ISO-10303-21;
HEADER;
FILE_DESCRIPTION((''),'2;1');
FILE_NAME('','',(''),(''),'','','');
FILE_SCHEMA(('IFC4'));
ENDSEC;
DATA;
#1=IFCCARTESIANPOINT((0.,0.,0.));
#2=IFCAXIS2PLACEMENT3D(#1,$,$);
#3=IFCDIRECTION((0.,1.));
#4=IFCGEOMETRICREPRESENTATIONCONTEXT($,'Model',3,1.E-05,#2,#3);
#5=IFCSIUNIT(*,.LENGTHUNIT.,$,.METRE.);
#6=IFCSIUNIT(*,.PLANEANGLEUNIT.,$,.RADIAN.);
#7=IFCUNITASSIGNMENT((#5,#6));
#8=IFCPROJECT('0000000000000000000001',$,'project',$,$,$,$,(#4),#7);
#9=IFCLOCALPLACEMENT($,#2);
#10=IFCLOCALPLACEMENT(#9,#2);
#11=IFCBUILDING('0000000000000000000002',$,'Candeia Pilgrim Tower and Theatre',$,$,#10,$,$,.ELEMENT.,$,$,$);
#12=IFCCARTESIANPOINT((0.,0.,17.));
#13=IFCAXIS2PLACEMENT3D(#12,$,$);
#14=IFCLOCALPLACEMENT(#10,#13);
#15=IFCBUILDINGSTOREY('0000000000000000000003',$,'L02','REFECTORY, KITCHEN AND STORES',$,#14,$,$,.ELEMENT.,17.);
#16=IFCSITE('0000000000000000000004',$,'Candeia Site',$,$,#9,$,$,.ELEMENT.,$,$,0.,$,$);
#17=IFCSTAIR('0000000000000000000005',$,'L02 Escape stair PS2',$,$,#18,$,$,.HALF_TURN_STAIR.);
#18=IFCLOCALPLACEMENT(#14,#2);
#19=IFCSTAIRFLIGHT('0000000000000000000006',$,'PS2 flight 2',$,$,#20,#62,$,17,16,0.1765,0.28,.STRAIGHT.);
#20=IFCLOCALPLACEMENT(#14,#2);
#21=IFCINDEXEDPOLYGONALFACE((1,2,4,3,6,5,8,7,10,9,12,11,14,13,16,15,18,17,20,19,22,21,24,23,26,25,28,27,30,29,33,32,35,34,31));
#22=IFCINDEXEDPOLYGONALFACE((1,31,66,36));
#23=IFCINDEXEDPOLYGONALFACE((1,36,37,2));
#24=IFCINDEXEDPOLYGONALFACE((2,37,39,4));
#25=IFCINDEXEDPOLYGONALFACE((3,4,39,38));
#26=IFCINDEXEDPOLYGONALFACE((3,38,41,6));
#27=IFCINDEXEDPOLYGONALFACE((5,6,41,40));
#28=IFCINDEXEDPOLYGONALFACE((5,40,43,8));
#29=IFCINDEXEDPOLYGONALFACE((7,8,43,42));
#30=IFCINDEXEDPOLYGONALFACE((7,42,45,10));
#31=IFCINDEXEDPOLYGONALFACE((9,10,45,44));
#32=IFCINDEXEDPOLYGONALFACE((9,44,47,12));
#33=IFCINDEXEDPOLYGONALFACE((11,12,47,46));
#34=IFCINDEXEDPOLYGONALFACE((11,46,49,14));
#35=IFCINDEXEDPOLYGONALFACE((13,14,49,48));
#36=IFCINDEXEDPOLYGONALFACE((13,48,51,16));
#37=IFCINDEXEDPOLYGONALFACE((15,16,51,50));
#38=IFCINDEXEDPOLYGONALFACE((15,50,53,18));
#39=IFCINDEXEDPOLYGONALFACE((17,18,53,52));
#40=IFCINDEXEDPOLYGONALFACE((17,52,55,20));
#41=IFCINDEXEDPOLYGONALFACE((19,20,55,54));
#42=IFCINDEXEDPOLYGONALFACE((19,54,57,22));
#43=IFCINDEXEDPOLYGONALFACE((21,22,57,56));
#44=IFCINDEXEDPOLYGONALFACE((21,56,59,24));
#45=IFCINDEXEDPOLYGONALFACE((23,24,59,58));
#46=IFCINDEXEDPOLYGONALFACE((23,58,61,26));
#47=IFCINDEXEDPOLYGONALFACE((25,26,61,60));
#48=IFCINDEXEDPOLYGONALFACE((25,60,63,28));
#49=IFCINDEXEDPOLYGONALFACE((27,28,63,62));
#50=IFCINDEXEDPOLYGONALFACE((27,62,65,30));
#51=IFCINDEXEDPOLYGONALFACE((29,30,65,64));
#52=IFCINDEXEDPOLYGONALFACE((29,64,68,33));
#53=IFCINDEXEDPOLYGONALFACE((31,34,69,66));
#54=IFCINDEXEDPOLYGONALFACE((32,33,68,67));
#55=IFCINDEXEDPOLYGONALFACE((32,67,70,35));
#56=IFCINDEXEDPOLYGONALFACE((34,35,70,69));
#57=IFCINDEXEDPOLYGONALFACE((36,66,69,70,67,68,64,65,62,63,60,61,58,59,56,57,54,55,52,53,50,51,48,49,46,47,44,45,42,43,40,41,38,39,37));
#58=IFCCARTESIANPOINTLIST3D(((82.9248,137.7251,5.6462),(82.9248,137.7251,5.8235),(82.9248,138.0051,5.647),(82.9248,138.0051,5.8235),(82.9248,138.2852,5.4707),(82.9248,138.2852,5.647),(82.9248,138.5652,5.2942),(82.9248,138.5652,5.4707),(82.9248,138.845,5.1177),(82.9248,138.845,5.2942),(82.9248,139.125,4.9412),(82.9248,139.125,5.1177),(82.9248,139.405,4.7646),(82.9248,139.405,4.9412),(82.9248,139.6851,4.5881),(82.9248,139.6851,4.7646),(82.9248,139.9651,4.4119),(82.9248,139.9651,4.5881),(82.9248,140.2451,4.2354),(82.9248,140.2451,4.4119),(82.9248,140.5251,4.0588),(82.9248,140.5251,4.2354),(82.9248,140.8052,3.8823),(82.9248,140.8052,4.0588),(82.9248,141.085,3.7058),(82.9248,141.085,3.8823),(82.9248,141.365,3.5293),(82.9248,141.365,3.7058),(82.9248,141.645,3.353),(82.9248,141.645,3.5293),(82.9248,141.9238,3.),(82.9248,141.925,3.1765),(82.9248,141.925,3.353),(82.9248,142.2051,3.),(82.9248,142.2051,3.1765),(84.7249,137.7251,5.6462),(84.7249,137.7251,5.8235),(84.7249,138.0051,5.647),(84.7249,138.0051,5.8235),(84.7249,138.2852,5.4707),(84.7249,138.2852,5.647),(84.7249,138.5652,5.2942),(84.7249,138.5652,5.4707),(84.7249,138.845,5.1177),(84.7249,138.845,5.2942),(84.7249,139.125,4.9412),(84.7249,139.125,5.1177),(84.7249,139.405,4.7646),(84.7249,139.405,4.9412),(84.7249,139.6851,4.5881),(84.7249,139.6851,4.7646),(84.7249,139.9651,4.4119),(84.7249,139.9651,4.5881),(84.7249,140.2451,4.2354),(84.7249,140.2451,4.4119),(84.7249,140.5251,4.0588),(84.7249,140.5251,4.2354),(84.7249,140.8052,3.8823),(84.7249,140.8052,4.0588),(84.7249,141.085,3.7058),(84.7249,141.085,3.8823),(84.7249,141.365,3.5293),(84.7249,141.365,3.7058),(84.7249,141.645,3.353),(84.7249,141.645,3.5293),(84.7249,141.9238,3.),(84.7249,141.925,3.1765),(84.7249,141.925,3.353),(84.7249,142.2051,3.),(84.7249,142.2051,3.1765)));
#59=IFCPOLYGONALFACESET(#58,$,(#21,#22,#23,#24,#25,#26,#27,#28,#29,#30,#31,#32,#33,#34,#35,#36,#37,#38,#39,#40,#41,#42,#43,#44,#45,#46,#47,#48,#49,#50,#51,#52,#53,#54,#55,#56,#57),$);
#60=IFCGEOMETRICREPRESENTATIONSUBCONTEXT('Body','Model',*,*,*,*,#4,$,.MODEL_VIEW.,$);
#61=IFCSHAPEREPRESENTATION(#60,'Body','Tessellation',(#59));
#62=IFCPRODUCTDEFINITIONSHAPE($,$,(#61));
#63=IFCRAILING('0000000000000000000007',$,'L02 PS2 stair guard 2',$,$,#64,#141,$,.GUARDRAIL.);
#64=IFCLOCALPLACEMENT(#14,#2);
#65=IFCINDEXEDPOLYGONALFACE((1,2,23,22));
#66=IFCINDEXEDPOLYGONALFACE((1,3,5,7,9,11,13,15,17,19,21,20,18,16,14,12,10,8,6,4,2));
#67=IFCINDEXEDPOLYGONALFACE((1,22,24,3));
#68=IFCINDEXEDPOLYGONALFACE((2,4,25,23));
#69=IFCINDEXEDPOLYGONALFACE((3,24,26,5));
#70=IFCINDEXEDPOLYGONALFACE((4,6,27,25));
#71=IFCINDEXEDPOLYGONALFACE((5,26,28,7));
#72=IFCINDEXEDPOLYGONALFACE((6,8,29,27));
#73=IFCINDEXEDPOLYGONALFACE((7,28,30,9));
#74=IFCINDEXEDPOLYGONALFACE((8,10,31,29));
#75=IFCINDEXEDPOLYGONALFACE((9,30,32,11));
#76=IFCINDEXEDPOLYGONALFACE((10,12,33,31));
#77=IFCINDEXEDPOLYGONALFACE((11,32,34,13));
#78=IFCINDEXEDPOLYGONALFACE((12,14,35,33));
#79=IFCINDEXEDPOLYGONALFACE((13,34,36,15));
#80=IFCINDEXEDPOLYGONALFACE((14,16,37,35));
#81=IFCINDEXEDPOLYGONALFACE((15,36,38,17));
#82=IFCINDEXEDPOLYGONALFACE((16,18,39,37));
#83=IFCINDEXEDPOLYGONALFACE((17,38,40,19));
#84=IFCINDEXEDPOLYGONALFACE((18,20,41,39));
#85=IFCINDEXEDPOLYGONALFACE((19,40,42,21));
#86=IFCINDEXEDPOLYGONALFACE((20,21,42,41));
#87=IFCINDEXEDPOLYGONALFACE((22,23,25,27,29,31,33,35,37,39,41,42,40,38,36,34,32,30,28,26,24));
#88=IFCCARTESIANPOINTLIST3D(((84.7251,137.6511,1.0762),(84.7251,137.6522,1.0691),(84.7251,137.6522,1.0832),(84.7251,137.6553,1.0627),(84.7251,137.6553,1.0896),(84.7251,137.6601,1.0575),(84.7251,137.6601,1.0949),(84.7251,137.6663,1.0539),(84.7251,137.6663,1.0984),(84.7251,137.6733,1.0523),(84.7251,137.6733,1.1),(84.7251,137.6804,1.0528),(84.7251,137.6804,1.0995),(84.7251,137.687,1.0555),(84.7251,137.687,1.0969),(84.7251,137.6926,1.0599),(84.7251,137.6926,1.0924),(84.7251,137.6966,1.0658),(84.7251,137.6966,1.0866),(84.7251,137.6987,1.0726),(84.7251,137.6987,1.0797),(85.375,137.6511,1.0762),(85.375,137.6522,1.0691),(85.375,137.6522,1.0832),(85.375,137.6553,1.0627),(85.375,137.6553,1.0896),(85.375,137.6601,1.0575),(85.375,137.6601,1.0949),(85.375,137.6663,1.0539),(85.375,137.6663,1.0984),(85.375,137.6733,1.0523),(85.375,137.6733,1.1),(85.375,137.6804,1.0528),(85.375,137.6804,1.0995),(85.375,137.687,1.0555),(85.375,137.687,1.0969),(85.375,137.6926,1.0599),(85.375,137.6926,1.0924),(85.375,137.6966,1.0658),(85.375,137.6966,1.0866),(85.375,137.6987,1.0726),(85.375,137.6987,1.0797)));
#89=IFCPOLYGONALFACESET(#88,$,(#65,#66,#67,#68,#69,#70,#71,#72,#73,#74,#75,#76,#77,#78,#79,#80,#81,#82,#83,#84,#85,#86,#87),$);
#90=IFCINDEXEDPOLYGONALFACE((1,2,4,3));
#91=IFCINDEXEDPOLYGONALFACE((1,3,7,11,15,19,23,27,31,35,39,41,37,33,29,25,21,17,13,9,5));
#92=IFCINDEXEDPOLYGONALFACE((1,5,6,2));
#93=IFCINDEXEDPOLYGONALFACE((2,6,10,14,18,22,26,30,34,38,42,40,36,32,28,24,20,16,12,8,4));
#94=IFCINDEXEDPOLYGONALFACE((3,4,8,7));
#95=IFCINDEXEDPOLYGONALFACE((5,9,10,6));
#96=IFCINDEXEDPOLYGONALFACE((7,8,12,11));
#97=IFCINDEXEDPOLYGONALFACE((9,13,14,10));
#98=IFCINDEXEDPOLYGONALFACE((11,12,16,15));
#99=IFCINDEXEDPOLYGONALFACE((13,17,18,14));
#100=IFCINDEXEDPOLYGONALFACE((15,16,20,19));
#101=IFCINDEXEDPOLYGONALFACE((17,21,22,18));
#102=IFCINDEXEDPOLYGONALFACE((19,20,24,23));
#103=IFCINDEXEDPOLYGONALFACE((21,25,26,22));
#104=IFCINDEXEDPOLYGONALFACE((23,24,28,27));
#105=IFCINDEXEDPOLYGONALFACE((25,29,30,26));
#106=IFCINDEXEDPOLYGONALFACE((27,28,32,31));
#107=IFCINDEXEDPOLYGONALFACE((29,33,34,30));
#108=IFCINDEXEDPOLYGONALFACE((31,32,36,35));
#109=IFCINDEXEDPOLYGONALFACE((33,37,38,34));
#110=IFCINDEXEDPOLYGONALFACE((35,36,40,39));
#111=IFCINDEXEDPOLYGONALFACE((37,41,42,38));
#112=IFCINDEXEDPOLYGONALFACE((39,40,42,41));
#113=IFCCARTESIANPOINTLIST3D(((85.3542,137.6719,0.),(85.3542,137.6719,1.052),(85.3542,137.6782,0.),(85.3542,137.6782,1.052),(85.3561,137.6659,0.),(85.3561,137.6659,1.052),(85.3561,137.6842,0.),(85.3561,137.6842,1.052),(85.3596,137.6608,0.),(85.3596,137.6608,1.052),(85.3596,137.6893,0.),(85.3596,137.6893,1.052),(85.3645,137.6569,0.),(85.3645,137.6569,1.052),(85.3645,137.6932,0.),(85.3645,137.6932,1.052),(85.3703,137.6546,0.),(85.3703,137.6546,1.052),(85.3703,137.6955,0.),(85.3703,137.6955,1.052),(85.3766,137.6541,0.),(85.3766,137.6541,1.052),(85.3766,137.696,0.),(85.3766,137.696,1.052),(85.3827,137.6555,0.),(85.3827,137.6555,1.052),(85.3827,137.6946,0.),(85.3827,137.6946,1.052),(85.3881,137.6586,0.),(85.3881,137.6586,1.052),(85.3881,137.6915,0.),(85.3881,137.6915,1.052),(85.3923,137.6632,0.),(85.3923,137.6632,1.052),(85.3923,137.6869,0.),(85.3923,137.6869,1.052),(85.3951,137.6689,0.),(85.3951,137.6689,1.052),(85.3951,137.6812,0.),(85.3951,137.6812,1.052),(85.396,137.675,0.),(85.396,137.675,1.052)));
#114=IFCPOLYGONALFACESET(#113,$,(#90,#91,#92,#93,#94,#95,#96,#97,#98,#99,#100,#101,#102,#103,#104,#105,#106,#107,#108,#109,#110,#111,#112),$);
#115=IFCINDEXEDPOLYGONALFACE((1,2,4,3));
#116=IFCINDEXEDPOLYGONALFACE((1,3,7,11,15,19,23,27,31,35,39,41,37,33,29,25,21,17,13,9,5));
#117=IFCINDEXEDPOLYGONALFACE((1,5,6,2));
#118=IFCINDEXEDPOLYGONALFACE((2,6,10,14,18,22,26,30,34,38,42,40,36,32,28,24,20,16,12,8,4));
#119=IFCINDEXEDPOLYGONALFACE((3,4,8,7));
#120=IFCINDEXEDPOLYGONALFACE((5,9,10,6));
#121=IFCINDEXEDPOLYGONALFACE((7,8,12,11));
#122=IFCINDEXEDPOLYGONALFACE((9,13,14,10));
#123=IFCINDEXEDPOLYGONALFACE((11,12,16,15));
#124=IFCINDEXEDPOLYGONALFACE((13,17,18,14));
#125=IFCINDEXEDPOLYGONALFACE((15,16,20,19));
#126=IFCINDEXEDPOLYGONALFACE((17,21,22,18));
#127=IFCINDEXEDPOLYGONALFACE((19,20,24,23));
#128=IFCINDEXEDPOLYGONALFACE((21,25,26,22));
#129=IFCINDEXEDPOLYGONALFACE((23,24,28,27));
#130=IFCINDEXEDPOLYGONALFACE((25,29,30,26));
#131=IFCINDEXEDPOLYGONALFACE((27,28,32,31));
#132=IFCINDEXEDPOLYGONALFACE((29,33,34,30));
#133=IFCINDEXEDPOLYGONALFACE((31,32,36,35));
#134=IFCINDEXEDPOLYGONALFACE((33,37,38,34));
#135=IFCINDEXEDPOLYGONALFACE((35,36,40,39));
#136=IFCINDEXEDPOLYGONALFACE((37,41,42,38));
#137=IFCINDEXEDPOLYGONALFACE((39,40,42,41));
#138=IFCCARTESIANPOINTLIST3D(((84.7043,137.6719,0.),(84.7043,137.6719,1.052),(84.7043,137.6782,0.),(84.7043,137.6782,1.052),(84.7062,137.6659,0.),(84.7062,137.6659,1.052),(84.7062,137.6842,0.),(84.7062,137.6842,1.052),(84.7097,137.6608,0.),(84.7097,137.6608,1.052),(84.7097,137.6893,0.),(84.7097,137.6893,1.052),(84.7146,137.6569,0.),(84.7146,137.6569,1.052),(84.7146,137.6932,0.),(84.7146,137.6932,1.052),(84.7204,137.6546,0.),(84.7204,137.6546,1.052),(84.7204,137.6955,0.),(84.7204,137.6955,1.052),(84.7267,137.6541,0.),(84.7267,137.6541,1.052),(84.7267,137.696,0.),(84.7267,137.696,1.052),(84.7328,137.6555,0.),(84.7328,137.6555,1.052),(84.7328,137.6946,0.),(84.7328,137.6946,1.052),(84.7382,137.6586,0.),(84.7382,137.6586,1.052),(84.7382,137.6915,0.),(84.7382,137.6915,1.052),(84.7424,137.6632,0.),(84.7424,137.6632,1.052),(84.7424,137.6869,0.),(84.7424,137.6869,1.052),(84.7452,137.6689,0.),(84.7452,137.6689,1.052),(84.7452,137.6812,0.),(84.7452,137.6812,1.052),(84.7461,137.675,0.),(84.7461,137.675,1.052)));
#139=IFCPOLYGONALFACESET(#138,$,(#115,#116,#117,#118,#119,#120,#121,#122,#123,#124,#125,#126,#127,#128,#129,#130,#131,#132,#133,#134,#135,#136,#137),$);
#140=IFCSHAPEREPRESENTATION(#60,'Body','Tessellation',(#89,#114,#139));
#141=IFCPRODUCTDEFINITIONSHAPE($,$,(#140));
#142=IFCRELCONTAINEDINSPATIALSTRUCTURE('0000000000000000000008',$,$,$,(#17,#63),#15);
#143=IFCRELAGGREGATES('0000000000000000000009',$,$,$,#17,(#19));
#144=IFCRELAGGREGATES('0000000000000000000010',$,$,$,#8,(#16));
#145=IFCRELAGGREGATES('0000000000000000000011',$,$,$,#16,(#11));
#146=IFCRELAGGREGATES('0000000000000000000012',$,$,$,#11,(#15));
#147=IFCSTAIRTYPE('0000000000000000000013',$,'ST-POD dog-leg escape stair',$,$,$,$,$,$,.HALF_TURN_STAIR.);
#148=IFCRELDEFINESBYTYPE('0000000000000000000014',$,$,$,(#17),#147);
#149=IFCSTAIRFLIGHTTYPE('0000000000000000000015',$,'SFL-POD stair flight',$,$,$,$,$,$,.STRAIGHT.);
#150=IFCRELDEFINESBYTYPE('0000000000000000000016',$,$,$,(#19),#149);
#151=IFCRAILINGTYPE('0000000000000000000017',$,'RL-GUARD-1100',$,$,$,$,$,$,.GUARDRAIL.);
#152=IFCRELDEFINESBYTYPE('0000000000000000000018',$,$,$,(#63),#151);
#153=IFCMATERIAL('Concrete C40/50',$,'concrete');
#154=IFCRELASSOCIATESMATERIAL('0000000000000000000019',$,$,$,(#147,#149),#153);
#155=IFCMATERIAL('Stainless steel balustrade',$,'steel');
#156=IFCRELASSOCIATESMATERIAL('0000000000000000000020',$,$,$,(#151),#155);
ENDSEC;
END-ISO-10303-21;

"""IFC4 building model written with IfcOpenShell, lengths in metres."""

from ifc_helpers import new_model, si_unit, direction, frame, origin, origin_2d, place, context, subcontext, project, spatial, polyline, circle, outline, extrude, material, type_object, element, aggregate, save


model = new_model("IFC4")

# Units and contexts
model_context = context("Model", 3, precision=1e-05, world=origin(), true_north=direction((0.0, 1.0)))
body_context = subcontext(model_context, "Body", "Model", "MODEL_VIEW")
ifc_project = project(units=[si_unit("LENGTHUNIT", "METRE"), si_unit("PLANEANGLEUNIT", "RADIAN")], contexts=[model_context])

# Site, building, storey
site_placement = place(None, origin())
site = spatial("IfcSite", under=ifc_project, at=site_placement, Name="Candeia Site", CompositionType="ELEMENT", RefElevation=0.0)
building_placement = place(site_placement, origin())
building = spatial("IfcBuilding", under=site, at=building_placement, Name="Candeia Pilgrim Tower and Theatre", CompositionType="ELEMENT")
storey_placement = place(building_placement, frame((0.0, 0.0, 17.0)))
storey = spatial("IfcBuildingStorey", under=building, at=storey_placement, Name="L02", Description="REFECTORY, KITCHEN AND STORES", CompositionType="ELEMENT", Elevation=17.0)

# Shared definitions
ifc_material_1 = material(Name="Concrete C40/50", Category="concrete")

# Stair, stair flight
stair_type_1 = type_object("IfcStairType", Name="ST-POD dog-leg escape stair", PredefinedType="HALF_TURN_STAIR", material=ifc_material_1)
stair_1_placement = place(storey_placement, origin())
stair_1 = element("IfcStair", 1, at=stair_1_placement, inside=storey, type_object=stair_type_1, Name="L02 Escape stair PS2", PredefinedType="HALF_TURN_STAIR")
stair_flight_type_1 = type_object("IfcStairFlightType", Name="SFL-POD stair flight", PredefinedType="STRAIGHT", material=ifc_material_1)
stair_flight_1_placement = place(storey_placement, frame((83.825, 142.2051, 3.0), z_axis=(0.0, 0.0, 1.0), x_axis=(0.0, -1.0, 0.0)))
stair_flight_1 = element("IfcStairFlight", 2, at=stair_flight_1_placement, type_object=stair_flight_type_1, Name="PS2 flight 2", NumberOfRisers=17, NumberOfTreads=16, PredefinedType="STRAIGHT", RiserHeight=0.1765, TreadLength=0.28, context=body_context, shape_type="SweptSolid", body=[
    extrude(outline(polyline([(0.0, 0.0), (0.0, 0.1765), (0.28, 0.1765), (0.28, 0.353), (0.5601, 0.353), (0.5601, 0.5293), (0.8401, 0.5293), (0.8401, 0.7058), (1.1201, 0.7058), (1.1201, 0.8823), (1.3999, 0.8823), (1.3999, 1.0588), (1.6799, 1.0588), (1.6799, 1.2354), (1.96, 1.2354), (1.96, 1.4119), (2.24, 1.4119), (2.24, 1.5881), (2.52, 1.5881), (2.52, 1.7646), (2.8, 1.7646), (2.8, 1.9412), (3.0801, 1.9412), (3.0801, 2.1177), (3.3601, 2.1177), (3.3601, 2.2942), (3.6399, 2.2942), (3.6399, 2.4707), (3.9199, 2.4707), (3.9199, 2.647), (4.2, 2.647), (4.2, 2.8235), (4.48, 2.8235), (4.48, 3.0), (4.48, 2.6462), (0.2812, 0.0), (0.0, 0.0)])), frame((0.0, 0.8999, 0.0), z_axis=(0.0, -1.0, 0.0), x_axis=(1.0, 0.0, 0.0)), (0.0, 0.0, 1.0), 1.8),
])
aggregate(stair_1, [stair_flight_1])

# Railing
ifc_material_2 = material(Name="Stainless steel balustrade", Category="steel")
railing_type_1 = type_object("IfcRailingType", Name="RL-GUARD-1100", PredefinedType="GUARDRAIL", material=ifc_material_2)
railing_1_placement = place(storey_placement, frame((85.375, 137.675, 0.0)))
element("IfcRailing", 3, at=railing_1_placement, inside=storey, type_object=railing_type_1, Name="L02 PS2 stair guard 2", PredefinedType="GUARDRAIL", context=body_context, shape_type="SweptSolid", body=[
    extrude(circle(Radius=0.0239, at=origin_2d()), frame((0.0, 0.0, 1.0762), z_axis=(-1.0, 0.0, 0.0), x_axis=(0.0, -1.0, 0.0)), (0.0, 0.0, 1.0), 0.6499),
    extrude(circle(Radius=0.021, at=origin_2d()), origin(), (0.0, 0.0, 1.0), 1.052),
    extrude(circle(Radius=0.021, at=origin_2d()), frame((-0.6499, 0.0, 0.0)), (0.0, 0.0, 1.0), 1.052),
])

save(model, "model.ifc")
